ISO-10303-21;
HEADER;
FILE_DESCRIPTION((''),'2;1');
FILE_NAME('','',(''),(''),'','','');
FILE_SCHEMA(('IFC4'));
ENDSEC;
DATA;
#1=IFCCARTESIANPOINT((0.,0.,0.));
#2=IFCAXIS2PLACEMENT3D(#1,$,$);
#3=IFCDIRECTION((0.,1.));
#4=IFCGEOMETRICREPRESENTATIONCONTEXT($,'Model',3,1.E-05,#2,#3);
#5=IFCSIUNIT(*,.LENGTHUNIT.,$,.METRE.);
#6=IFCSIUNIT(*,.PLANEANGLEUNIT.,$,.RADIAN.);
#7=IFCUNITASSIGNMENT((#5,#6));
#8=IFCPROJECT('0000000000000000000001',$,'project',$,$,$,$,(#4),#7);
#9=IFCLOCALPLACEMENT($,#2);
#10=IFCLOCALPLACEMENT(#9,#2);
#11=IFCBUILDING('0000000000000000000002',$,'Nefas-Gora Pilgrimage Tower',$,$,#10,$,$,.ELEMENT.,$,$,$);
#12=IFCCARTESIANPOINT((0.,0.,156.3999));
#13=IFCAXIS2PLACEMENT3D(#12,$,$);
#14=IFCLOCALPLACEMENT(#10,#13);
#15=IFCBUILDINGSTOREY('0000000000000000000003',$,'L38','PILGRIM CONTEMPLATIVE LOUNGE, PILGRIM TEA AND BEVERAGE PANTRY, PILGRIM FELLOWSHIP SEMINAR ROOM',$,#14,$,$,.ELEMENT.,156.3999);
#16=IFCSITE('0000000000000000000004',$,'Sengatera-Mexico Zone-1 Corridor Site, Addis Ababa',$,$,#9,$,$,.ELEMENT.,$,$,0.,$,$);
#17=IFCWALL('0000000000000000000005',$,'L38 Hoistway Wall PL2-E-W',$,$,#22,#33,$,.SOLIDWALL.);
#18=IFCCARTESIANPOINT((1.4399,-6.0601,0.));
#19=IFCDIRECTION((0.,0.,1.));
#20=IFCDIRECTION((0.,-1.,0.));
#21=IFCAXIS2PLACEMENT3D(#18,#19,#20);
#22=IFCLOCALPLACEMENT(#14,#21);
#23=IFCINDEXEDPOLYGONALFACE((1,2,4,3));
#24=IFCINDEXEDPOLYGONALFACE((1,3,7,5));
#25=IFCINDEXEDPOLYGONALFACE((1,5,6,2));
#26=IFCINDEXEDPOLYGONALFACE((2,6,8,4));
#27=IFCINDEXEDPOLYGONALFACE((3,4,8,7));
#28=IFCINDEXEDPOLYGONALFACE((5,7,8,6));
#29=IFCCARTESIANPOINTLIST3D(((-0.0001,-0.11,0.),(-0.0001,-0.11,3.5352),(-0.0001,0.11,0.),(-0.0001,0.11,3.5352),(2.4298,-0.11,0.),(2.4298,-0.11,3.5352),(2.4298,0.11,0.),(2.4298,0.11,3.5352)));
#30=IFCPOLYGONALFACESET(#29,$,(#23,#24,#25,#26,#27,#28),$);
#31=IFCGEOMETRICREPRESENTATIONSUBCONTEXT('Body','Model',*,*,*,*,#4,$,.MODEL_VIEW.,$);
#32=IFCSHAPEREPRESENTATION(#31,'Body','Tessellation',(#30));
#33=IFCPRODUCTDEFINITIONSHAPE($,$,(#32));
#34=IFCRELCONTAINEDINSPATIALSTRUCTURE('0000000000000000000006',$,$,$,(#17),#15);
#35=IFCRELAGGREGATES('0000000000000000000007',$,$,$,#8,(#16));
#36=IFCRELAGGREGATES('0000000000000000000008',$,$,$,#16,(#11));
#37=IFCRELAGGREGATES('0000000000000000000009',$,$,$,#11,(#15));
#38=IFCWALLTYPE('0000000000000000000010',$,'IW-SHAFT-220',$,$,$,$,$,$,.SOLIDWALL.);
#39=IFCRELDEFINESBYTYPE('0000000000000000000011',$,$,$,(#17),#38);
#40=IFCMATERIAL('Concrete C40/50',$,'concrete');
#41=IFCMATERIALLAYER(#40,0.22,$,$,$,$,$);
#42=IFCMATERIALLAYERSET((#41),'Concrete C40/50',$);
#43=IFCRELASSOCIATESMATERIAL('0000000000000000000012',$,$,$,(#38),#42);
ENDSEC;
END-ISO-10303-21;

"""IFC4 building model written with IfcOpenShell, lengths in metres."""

from ifc_helpers import new_model, si_unit, direction, frame, frame_2d, origin, place, context, subcontext, project, spatial, rectangle, extrude, source, transform, mapped, material, layer, layer_set, type_object, element, save


model = new_model("IFC4")

# Units and contexts
model_context = context("Model", 3, precision=1e-05, world=origin(), true_north=direction((0.0, 1.0)))
body_context = subcontext(model_context, "Body", "Model", "MODEL_VIEW")
ifc_project = project(units=[si_unit("LENGTHUNIT", "METRE"), si_unit("PLANEANGLEUNIT", "RADIAN")], contexts=[model_context])

# Site, building, storey
site_placement = place(None, origin())
site = spatial("IfcSite", under=ifc_project, at=site_placement, Name="Sengatera-Mexico Zone-1 Corridor Site, Addis Ababa", CompositionType="ELEMENT", RefElevation=0.0)
building_placement = place(site_placement, origin())
building = spatial("IfcBuilding", under=site, at=building_placement, Name="Nefas-Gora Pilgrimage Tower", CompositionType="ELEMENT")
storey_placement = place(building_placement, frame((0.0, 0.0, 156.3999)))
storey = spatial("IfcBuildingStorey", under=building, at=storey_placement, Name="L38", Description="PILGRIM CONTEMPLATIVE LOUNGE, PILGRIM TEA AND BEVERAGE PANTRY, PILGRIM FELLOWSHIP SEMINAR ROOM", CompositionType="ELEMENT", Elevation=156.3999)

# Shared definitions
ifc_material_1 = material(Name="Concrete C40/50", Category="concrete")
ifc_layer_1 = layer(ifc_material_1, 0.22)
ifc_layer_set_1 = layer_set([ifc_layer_1], Name="Concrete C40/50")
wall_type_1 = type_object("IfcWallType", Name="IW-SHAFT-220", PredefinedType="SOLIDWALL", material=ifc_layer_set_1)

# Wall
shared_shape_1 = source(origin(), body_context, "Body", "SweptSolid", [
    extrude(rectangle(XDim=2.4299, YDim=0.22, at=frame_2d((1.2148, 0.0))), origin(), (0.0, 0.0, 1.0), 3.5352),
])
for number, where, z_axis, x_axis, name in (
    (1, (1.4399, -6.0601, 0.0), (0.0, 0.0, 1.0), (0.0, -1.0, 0.0), "L38 Hoistway Wall PL2-E-W"),
):
    element("IfcWall", number, at=place(storey_placement, frame(where, z_axis=z_axis, x_axis=x_axis)), inside=storey, type_object=wall_type_1, Name=name, PredefinedType="SOLIDWALL", context=body_context, shape_type="MappedRepresentation", body=[
        mapped(shared_shape_1, transform((0.0, 0.0, 0.0), x_axis=(1.0, 0.0, 0.0), y_axis=(0.0, 1.0, 0.0), z_axis=(0.0, 0.0, 1.0), scale=1.0)),
    ])

save(model, "model.ifc")
